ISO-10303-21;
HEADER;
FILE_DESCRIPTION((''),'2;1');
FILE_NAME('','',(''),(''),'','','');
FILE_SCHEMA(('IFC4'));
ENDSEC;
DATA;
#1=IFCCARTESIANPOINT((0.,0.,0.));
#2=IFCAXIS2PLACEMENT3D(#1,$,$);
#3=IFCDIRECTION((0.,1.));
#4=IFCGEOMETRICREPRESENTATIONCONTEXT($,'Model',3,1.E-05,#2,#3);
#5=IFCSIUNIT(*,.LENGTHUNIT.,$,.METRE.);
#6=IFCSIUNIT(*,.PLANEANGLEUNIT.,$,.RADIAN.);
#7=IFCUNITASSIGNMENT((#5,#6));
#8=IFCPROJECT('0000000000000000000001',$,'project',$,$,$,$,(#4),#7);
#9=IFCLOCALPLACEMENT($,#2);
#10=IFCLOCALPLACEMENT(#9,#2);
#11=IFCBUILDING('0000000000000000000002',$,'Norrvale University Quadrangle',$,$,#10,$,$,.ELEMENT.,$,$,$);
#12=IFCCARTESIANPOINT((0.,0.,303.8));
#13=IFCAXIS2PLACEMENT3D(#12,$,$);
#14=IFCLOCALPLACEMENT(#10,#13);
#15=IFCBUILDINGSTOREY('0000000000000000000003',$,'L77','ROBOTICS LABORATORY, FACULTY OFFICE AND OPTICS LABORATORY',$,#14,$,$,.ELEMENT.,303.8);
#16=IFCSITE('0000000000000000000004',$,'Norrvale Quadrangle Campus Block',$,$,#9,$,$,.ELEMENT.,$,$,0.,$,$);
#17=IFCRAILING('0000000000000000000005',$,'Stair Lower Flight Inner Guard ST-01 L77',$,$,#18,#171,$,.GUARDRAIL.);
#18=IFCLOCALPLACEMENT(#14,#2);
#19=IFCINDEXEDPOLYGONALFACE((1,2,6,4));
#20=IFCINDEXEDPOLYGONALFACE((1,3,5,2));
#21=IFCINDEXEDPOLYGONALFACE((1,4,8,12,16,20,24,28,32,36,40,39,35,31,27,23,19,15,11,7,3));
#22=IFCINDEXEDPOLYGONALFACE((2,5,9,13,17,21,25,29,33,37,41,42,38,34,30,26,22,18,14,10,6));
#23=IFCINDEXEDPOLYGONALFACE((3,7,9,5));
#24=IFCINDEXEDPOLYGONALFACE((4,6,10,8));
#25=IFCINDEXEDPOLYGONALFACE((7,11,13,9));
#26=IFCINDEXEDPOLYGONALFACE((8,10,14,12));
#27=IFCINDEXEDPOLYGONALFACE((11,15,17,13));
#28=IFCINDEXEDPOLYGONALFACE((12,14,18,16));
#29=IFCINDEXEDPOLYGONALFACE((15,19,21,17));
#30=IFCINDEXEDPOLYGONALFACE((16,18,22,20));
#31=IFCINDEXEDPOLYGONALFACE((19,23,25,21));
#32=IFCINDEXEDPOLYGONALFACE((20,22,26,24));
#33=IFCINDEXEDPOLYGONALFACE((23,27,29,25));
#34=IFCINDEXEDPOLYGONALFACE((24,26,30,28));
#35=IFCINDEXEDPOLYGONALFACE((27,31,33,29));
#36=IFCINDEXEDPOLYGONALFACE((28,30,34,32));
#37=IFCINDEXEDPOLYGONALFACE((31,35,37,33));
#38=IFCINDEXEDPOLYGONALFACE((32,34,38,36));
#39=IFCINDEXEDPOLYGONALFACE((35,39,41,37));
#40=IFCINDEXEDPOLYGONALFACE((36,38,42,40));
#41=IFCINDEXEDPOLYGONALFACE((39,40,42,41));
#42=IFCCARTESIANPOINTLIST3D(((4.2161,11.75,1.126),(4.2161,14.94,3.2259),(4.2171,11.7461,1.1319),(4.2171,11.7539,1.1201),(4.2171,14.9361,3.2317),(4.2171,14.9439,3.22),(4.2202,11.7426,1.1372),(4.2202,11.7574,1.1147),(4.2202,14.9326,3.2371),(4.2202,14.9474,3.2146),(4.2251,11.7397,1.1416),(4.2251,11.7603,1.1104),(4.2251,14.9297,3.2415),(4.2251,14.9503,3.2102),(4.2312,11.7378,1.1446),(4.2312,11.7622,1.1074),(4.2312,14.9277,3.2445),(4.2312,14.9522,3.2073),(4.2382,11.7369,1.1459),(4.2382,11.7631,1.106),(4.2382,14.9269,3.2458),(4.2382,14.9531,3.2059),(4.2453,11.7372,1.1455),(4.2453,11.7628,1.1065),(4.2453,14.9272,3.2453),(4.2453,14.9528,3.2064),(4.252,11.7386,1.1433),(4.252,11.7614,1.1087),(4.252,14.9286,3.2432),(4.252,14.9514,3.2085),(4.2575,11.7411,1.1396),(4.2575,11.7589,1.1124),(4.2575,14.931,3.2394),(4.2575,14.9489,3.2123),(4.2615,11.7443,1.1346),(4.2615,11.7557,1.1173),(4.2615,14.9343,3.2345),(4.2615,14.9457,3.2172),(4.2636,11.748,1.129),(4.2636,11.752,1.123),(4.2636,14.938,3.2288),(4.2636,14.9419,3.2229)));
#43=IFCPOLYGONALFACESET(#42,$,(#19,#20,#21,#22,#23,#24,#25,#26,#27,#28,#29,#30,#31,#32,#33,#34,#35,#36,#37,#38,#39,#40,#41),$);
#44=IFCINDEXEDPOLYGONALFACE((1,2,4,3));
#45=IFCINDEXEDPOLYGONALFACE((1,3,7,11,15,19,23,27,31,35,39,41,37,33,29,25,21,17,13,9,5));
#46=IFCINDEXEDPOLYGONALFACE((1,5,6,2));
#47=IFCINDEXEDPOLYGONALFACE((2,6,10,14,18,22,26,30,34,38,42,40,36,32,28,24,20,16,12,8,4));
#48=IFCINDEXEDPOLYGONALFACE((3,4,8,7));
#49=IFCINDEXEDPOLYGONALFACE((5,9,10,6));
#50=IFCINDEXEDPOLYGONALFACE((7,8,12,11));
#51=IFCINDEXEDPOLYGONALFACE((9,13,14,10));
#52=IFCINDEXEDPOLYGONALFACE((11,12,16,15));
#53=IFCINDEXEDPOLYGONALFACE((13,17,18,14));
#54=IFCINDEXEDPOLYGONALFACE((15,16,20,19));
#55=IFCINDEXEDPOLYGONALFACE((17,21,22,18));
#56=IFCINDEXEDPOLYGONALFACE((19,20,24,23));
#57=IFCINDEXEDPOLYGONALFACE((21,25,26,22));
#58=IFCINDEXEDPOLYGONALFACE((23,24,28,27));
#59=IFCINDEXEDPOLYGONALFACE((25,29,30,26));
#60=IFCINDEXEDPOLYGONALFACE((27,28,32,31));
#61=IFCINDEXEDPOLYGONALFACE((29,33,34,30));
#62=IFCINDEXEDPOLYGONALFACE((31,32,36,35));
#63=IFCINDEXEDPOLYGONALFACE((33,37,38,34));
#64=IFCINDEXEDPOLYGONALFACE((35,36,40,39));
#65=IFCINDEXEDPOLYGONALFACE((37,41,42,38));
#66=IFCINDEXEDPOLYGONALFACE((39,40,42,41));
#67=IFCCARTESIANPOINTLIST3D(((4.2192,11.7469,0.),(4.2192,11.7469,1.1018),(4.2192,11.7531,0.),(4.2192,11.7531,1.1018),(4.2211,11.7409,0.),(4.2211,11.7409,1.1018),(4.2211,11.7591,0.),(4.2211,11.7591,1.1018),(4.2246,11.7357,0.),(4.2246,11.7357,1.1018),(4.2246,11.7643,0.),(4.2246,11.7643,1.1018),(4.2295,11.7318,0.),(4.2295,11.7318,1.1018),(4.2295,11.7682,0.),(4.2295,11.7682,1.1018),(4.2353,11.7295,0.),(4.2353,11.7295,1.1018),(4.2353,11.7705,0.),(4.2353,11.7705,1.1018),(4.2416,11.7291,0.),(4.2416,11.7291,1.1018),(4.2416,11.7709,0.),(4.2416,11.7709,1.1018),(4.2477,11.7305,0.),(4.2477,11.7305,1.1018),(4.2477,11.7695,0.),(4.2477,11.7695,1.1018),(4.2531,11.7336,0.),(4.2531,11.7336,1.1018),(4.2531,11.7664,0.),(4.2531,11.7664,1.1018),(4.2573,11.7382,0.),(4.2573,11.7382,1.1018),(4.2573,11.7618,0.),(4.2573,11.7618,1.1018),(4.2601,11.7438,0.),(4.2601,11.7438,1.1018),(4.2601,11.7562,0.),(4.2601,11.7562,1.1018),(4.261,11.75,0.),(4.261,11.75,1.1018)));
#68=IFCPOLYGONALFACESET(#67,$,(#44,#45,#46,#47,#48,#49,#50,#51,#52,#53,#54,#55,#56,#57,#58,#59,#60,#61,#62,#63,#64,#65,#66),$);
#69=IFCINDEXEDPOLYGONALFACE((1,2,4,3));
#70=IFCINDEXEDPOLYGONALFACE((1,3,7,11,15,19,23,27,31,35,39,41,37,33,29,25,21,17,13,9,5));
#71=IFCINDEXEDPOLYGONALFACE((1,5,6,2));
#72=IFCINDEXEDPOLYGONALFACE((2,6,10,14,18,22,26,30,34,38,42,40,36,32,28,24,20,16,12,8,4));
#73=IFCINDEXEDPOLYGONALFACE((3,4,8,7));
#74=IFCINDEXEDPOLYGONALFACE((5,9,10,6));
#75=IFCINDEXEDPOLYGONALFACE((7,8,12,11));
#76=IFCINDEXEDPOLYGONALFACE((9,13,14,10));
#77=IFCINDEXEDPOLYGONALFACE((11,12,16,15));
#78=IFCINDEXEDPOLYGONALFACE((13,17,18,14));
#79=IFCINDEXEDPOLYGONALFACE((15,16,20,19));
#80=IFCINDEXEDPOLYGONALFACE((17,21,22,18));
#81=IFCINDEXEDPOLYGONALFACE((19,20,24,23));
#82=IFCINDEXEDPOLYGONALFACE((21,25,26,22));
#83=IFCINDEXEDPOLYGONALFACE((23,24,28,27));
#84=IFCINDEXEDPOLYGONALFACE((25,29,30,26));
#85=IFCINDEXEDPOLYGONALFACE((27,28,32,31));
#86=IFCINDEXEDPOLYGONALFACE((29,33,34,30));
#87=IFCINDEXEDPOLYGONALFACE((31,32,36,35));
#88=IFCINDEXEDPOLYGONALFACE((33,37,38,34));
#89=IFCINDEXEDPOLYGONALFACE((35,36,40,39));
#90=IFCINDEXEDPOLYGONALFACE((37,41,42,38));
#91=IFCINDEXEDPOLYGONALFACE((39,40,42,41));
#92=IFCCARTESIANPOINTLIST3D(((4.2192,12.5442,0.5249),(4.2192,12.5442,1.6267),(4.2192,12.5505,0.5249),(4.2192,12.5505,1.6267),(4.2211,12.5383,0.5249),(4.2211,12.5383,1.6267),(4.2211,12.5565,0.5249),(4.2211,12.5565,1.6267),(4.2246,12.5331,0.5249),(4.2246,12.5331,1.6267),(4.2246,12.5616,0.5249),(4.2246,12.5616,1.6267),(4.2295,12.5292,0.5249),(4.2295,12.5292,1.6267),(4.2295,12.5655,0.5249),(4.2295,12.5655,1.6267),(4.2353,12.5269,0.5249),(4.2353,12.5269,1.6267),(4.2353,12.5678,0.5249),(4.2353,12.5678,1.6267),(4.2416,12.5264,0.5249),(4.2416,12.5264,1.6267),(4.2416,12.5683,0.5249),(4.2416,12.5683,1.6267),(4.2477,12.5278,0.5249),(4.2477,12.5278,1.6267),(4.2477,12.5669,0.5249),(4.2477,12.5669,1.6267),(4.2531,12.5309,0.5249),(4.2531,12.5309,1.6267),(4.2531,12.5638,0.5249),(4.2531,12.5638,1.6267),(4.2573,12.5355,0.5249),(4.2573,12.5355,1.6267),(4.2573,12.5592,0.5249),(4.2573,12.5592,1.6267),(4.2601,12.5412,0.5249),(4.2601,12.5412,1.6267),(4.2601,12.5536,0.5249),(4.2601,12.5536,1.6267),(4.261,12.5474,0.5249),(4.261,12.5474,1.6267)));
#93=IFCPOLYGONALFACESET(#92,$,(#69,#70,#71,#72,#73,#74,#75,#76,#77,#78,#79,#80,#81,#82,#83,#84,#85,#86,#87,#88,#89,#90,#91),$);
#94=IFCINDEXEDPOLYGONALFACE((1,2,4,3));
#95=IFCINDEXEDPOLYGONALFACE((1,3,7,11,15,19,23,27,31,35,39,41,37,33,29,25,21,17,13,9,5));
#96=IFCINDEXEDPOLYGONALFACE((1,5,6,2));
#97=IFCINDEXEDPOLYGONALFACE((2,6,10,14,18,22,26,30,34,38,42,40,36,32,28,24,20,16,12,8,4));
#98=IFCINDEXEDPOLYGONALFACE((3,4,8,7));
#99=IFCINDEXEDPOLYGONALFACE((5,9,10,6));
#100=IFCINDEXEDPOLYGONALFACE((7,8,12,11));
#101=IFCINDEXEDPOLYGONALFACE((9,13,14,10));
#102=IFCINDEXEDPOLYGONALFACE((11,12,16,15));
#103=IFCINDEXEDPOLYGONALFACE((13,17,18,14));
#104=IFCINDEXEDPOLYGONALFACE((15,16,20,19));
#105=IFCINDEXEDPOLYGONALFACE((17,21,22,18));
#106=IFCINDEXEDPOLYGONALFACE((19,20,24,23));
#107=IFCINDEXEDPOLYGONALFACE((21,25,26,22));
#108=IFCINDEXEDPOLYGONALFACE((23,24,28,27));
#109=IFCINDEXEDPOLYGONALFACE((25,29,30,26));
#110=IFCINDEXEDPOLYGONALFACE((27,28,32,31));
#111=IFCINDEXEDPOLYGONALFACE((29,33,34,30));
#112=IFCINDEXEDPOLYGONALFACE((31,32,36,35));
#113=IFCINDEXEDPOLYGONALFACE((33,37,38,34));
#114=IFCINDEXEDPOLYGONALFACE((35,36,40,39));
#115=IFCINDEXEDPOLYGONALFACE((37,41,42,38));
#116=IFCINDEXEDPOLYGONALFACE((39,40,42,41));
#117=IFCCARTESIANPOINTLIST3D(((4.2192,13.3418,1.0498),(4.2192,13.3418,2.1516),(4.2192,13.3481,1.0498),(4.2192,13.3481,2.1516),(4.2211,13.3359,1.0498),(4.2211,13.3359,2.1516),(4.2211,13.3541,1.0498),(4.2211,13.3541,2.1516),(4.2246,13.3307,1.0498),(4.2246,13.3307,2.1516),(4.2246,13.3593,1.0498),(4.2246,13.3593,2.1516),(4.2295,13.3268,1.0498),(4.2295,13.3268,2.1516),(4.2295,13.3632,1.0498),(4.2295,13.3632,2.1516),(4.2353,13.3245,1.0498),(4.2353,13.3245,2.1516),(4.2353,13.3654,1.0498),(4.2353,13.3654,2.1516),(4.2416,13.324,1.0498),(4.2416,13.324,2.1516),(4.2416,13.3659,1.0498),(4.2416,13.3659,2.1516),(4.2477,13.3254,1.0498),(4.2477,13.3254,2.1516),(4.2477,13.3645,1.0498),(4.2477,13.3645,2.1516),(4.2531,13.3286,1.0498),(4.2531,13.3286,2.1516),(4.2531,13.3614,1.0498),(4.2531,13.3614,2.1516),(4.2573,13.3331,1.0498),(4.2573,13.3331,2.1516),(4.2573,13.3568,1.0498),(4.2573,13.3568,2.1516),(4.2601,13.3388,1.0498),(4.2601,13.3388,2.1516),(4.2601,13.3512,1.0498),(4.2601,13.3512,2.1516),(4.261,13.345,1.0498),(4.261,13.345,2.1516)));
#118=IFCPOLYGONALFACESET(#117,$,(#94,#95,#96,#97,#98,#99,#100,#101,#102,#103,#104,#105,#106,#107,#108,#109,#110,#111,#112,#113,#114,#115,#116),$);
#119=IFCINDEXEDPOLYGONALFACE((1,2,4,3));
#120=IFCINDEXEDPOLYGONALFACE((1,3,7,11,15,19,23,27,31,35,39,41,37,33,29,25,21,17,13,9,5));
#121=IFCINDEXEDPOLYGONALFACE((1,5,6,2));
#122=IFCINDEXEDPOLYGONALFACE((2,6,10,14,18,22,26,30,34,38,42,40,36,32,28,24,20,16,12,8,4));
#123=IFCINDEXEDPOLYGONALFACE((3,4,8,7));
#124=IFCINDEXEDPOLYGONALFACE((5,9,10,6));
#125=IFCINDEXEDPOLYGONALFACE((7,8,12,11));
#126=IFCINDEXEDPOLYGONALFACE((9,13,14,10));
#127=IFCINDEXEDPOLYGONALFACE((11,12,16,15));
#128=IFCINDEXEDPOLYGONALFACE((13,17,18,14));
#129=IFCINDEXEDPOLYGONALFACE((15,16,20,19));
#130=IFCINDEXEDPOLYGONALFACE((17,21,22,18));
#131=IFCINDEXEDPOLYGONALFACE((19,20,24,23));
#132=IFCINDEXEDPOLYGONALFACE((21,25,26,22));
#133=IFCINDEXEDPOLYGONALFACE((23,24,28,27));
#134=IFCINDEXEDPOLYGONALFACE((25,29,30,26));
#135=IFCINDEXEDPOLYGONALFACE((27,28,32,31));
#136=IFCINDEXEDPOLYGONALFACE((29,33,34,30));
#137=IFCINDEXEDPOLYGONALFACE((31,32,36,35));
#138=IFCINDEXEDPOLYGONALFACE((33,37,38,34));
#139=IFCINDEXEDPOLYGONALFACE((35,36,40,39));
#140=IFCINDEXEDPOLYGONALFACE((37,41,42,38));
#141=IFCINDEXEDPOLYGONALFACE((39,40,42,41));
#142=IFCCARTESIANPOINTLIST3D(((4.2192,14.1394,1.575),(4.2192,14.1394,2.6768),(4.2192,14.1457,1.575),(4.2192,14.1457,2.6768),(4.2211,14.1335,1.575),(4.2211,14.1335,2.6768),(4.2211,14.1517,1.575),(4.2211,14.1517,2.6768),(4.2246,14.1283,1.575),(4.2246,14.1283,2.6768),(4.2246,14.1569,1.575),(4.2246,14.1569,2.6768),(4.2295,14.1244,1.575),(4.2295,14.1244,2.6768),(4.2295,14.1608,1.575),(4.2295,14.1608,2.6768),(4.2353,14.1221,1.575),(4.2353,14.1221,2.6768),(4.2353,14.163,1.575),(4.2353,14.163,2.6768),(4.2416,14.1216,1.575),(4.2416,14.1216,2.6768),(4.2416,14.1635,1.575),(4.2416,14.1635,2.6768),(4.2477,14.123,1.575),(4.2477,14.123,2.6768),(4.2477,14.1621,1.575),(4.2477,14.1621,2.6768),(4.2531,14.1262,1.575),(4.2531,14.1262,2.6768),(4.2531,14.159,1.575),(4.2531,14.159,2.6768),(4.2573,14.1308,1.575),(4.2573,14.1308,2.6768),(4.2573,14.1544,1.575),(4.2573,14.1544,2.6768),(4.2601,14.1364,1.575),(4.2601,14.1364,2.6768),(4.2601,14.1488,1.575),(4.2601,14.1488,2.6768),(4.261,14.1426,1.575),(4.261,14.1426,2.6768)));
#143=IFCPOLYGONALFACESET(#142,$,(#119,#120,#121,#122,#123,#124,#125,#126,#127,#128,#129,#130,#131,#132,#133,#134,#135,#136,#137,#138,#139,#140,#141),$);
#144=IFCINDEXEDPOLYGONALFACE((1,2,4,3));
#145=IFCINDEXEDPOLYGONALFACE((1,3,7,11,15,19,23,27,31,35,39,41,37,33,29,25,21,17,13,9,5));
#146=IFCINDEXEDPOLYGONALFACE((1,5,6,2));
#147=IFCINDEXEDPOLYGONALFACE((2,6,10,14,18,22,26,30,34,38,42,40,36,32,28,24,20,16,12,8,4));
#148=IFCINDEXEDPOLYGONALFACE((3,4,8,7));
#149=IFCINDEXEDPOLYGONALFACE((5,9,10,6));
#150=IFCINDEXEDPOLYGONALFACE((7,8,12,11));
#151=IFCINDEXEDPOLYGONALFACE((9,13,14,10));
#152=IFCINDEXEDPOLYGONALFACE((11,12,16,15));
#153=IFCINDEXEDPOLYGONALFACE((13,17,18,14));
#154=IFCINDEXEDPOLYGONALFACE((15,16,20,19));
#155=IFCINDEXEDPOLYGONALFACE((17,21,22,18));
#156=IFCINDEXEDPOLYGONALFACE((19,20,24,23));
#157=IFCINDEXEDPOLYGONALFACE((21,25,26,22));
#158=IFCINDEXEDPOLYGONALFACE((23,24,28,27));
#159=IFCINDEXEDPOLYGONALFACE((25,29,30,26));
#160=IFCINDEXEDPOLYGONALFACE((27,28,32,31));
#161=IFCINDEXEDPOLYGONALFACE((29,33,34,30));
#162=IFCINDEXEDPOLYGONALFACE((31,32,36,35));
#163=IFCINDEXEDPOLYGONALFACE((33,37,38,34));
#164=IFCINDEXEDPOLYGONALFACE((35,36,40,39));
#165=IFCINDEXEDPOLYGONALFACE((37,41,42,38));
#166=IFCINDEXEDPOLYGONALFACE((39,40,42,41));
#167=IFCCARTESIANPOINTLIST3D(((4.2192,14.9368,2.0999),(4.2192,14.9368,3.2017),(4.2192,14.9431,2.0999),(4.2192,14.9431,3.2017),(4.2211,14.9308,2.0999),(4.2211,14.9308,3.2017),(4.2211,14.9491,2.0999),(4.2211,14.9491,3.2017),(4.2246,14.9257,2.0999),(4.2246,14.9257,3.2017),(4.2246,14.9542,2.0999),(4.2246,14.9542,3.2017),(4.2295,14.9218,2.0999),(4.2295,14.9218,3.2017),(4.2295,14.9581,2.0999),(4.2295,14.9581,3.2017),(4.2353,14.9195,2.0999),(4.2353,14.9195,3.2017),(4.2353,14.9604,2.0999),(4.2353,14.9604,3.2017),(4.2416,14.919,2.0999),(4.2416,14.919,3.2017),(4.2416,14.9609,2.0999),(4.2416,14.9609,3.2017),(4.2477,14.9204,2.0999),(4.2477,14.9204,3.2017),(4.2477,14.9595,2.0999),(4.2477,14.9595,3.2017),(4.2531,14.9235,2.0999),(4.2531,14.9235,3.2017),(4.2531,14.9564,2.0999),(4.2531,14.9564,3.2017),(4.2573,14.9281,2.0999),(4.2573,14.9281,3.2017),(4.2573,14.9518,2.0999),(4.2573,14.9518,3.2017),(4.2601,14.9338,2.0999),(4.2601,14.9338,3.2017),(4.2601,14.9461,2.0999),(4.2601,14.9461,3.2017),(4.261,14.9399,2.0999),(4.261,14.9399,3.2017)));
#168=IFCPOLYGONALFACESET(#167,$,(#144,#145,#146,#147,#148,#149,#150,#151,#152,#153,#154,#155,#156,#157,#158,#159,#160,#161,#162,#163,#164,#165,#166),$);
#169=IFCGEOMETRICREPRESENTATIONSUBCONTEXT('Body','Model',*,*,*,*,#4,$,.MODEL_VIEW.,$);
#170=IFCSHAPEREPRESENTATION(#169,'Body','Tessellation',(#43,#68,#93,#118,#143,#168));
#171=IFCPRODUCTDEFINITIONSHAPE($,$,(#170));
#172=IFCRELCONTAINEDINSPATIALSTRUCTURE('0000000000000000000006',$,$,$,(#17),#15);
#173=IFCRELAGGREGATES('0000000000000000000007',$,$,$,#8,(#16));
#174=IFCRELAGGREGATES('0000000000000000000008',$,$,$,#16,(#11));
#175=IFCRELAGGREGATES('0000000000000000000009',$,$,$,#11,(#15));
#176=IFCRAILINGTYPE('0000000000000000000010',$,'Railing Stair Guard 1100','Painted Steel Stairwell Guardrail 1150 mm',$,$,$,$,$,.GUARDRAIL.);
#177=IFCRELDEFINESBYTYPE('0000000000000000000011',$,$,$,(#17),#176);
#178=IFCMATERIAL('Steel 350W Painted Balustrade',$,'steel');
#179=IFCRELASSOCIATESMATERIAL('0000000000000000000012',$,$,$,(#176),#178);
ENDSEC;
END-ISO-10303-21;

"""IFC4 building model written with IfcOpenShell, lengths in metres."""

from ifc_helpers import new_model, si_unit, direction, frame, origin, origin_2d, place, context, subcontext, project, spatial, circle, extrude, material, type_object, element, save


model = new_model("IFC4")

# Units and contexts
model_context = context("Model", 3, precision=1e-05, world=origin(), true_north=direction((0.0, 1.0)))
body_context = subcontext(model_context, "Body", "Model", "MODEL_VIEW")
ifc_project = project(units=[si_unit("LENGTHUNIT", "METRE"), si_unit("PLANEANGLEUNIT", "RADIAN")], contexts=[model_context])

# Site, building, storey
site_placement = place(None, origin())
site = spatial("IfcSite", under=ifc_project, at=site_placement, Name="Norrvale Quadrangle Campus Block", CompositionType="ELEMENT", RefElevation=0.0)
building_placement = place(site_placement, origin())
building = spatial("IfcBuilding", under=site, at=building_placement, Name="Norrvale University Quadrangle", CompositionType="ELEMENT")
storey_placement = place(building_placement, frame((0.0, 0.0, 303.8)))
storey = spatial("IfcBuildingStorey", under=building, at=storey_placement, Name="L77", Description="ROBOTICS LABORATORY, FACULTY OFFICE AND OPTICS LABORATORY", CompositionType="ELEMENT", Elevation=303.8)

# Railing
ifc_material_1 = material(Name="Steel 350W Painted Balustrade", Category="steel")
railing_type_1 = type_object("IfcRailingType", Name="Railing Stair Guard 1100", Description="Painted Steel Stairwell Guardrail 1150 mm", PredefinedType="GUARDRAIL", material=ifc_material_1)
railing_1_placement = place(storey_placement, frame((4.24, 11.75, 0.0)))
element("IfcRailing", 1, at=railing_1_placement, inside=storey, type_object=railing_type_1, Name="Stair Lower Flight Inner Guard ST-01 L77", PredefinedType="GUARDRAIL", context=body_context, shape_type="SweptSolid", body=[
    extrude(circle(Radius=0.0239, at=origin_2d()), frame((0.0, 0.0, 1.126), z_axis=(0.0, 0.835272, 0.549837), x_axis=(-1.0, 0.0, 0.0)), (0.0, 0.0, 1.0), 3.8191),
    extrude(circle(Radius=0.021, at=origin_2d()), origin(), (0.0, 0.0, 1.0), 1.1018),
    extrude(circle(Radius=0.021, at=origin_2d()), frame((0.0, 0.7974, 0.5249)), (0.0, 0.0, 1.0), 1.1018),
    extrude(circle(Radius=0.021, at=origin_2d()), frame((0.0, 1.595, 1.0498)), (0.0, 0.0, 1.0), 1.1018),
    extrude(circle(Radius=0.021, at=origin_2d()), frame((0.0, 2.3926, 1.575)), (0.0, 0.0, 1.0), 1.1018),
    extrude(circle(Radius=0.021, at=origin_2d()), frame((0.0, 3.1899, 2.0999)), (0.0, 0.0, 1.0), 1.1018),
])

save(model, "model.ifc")
